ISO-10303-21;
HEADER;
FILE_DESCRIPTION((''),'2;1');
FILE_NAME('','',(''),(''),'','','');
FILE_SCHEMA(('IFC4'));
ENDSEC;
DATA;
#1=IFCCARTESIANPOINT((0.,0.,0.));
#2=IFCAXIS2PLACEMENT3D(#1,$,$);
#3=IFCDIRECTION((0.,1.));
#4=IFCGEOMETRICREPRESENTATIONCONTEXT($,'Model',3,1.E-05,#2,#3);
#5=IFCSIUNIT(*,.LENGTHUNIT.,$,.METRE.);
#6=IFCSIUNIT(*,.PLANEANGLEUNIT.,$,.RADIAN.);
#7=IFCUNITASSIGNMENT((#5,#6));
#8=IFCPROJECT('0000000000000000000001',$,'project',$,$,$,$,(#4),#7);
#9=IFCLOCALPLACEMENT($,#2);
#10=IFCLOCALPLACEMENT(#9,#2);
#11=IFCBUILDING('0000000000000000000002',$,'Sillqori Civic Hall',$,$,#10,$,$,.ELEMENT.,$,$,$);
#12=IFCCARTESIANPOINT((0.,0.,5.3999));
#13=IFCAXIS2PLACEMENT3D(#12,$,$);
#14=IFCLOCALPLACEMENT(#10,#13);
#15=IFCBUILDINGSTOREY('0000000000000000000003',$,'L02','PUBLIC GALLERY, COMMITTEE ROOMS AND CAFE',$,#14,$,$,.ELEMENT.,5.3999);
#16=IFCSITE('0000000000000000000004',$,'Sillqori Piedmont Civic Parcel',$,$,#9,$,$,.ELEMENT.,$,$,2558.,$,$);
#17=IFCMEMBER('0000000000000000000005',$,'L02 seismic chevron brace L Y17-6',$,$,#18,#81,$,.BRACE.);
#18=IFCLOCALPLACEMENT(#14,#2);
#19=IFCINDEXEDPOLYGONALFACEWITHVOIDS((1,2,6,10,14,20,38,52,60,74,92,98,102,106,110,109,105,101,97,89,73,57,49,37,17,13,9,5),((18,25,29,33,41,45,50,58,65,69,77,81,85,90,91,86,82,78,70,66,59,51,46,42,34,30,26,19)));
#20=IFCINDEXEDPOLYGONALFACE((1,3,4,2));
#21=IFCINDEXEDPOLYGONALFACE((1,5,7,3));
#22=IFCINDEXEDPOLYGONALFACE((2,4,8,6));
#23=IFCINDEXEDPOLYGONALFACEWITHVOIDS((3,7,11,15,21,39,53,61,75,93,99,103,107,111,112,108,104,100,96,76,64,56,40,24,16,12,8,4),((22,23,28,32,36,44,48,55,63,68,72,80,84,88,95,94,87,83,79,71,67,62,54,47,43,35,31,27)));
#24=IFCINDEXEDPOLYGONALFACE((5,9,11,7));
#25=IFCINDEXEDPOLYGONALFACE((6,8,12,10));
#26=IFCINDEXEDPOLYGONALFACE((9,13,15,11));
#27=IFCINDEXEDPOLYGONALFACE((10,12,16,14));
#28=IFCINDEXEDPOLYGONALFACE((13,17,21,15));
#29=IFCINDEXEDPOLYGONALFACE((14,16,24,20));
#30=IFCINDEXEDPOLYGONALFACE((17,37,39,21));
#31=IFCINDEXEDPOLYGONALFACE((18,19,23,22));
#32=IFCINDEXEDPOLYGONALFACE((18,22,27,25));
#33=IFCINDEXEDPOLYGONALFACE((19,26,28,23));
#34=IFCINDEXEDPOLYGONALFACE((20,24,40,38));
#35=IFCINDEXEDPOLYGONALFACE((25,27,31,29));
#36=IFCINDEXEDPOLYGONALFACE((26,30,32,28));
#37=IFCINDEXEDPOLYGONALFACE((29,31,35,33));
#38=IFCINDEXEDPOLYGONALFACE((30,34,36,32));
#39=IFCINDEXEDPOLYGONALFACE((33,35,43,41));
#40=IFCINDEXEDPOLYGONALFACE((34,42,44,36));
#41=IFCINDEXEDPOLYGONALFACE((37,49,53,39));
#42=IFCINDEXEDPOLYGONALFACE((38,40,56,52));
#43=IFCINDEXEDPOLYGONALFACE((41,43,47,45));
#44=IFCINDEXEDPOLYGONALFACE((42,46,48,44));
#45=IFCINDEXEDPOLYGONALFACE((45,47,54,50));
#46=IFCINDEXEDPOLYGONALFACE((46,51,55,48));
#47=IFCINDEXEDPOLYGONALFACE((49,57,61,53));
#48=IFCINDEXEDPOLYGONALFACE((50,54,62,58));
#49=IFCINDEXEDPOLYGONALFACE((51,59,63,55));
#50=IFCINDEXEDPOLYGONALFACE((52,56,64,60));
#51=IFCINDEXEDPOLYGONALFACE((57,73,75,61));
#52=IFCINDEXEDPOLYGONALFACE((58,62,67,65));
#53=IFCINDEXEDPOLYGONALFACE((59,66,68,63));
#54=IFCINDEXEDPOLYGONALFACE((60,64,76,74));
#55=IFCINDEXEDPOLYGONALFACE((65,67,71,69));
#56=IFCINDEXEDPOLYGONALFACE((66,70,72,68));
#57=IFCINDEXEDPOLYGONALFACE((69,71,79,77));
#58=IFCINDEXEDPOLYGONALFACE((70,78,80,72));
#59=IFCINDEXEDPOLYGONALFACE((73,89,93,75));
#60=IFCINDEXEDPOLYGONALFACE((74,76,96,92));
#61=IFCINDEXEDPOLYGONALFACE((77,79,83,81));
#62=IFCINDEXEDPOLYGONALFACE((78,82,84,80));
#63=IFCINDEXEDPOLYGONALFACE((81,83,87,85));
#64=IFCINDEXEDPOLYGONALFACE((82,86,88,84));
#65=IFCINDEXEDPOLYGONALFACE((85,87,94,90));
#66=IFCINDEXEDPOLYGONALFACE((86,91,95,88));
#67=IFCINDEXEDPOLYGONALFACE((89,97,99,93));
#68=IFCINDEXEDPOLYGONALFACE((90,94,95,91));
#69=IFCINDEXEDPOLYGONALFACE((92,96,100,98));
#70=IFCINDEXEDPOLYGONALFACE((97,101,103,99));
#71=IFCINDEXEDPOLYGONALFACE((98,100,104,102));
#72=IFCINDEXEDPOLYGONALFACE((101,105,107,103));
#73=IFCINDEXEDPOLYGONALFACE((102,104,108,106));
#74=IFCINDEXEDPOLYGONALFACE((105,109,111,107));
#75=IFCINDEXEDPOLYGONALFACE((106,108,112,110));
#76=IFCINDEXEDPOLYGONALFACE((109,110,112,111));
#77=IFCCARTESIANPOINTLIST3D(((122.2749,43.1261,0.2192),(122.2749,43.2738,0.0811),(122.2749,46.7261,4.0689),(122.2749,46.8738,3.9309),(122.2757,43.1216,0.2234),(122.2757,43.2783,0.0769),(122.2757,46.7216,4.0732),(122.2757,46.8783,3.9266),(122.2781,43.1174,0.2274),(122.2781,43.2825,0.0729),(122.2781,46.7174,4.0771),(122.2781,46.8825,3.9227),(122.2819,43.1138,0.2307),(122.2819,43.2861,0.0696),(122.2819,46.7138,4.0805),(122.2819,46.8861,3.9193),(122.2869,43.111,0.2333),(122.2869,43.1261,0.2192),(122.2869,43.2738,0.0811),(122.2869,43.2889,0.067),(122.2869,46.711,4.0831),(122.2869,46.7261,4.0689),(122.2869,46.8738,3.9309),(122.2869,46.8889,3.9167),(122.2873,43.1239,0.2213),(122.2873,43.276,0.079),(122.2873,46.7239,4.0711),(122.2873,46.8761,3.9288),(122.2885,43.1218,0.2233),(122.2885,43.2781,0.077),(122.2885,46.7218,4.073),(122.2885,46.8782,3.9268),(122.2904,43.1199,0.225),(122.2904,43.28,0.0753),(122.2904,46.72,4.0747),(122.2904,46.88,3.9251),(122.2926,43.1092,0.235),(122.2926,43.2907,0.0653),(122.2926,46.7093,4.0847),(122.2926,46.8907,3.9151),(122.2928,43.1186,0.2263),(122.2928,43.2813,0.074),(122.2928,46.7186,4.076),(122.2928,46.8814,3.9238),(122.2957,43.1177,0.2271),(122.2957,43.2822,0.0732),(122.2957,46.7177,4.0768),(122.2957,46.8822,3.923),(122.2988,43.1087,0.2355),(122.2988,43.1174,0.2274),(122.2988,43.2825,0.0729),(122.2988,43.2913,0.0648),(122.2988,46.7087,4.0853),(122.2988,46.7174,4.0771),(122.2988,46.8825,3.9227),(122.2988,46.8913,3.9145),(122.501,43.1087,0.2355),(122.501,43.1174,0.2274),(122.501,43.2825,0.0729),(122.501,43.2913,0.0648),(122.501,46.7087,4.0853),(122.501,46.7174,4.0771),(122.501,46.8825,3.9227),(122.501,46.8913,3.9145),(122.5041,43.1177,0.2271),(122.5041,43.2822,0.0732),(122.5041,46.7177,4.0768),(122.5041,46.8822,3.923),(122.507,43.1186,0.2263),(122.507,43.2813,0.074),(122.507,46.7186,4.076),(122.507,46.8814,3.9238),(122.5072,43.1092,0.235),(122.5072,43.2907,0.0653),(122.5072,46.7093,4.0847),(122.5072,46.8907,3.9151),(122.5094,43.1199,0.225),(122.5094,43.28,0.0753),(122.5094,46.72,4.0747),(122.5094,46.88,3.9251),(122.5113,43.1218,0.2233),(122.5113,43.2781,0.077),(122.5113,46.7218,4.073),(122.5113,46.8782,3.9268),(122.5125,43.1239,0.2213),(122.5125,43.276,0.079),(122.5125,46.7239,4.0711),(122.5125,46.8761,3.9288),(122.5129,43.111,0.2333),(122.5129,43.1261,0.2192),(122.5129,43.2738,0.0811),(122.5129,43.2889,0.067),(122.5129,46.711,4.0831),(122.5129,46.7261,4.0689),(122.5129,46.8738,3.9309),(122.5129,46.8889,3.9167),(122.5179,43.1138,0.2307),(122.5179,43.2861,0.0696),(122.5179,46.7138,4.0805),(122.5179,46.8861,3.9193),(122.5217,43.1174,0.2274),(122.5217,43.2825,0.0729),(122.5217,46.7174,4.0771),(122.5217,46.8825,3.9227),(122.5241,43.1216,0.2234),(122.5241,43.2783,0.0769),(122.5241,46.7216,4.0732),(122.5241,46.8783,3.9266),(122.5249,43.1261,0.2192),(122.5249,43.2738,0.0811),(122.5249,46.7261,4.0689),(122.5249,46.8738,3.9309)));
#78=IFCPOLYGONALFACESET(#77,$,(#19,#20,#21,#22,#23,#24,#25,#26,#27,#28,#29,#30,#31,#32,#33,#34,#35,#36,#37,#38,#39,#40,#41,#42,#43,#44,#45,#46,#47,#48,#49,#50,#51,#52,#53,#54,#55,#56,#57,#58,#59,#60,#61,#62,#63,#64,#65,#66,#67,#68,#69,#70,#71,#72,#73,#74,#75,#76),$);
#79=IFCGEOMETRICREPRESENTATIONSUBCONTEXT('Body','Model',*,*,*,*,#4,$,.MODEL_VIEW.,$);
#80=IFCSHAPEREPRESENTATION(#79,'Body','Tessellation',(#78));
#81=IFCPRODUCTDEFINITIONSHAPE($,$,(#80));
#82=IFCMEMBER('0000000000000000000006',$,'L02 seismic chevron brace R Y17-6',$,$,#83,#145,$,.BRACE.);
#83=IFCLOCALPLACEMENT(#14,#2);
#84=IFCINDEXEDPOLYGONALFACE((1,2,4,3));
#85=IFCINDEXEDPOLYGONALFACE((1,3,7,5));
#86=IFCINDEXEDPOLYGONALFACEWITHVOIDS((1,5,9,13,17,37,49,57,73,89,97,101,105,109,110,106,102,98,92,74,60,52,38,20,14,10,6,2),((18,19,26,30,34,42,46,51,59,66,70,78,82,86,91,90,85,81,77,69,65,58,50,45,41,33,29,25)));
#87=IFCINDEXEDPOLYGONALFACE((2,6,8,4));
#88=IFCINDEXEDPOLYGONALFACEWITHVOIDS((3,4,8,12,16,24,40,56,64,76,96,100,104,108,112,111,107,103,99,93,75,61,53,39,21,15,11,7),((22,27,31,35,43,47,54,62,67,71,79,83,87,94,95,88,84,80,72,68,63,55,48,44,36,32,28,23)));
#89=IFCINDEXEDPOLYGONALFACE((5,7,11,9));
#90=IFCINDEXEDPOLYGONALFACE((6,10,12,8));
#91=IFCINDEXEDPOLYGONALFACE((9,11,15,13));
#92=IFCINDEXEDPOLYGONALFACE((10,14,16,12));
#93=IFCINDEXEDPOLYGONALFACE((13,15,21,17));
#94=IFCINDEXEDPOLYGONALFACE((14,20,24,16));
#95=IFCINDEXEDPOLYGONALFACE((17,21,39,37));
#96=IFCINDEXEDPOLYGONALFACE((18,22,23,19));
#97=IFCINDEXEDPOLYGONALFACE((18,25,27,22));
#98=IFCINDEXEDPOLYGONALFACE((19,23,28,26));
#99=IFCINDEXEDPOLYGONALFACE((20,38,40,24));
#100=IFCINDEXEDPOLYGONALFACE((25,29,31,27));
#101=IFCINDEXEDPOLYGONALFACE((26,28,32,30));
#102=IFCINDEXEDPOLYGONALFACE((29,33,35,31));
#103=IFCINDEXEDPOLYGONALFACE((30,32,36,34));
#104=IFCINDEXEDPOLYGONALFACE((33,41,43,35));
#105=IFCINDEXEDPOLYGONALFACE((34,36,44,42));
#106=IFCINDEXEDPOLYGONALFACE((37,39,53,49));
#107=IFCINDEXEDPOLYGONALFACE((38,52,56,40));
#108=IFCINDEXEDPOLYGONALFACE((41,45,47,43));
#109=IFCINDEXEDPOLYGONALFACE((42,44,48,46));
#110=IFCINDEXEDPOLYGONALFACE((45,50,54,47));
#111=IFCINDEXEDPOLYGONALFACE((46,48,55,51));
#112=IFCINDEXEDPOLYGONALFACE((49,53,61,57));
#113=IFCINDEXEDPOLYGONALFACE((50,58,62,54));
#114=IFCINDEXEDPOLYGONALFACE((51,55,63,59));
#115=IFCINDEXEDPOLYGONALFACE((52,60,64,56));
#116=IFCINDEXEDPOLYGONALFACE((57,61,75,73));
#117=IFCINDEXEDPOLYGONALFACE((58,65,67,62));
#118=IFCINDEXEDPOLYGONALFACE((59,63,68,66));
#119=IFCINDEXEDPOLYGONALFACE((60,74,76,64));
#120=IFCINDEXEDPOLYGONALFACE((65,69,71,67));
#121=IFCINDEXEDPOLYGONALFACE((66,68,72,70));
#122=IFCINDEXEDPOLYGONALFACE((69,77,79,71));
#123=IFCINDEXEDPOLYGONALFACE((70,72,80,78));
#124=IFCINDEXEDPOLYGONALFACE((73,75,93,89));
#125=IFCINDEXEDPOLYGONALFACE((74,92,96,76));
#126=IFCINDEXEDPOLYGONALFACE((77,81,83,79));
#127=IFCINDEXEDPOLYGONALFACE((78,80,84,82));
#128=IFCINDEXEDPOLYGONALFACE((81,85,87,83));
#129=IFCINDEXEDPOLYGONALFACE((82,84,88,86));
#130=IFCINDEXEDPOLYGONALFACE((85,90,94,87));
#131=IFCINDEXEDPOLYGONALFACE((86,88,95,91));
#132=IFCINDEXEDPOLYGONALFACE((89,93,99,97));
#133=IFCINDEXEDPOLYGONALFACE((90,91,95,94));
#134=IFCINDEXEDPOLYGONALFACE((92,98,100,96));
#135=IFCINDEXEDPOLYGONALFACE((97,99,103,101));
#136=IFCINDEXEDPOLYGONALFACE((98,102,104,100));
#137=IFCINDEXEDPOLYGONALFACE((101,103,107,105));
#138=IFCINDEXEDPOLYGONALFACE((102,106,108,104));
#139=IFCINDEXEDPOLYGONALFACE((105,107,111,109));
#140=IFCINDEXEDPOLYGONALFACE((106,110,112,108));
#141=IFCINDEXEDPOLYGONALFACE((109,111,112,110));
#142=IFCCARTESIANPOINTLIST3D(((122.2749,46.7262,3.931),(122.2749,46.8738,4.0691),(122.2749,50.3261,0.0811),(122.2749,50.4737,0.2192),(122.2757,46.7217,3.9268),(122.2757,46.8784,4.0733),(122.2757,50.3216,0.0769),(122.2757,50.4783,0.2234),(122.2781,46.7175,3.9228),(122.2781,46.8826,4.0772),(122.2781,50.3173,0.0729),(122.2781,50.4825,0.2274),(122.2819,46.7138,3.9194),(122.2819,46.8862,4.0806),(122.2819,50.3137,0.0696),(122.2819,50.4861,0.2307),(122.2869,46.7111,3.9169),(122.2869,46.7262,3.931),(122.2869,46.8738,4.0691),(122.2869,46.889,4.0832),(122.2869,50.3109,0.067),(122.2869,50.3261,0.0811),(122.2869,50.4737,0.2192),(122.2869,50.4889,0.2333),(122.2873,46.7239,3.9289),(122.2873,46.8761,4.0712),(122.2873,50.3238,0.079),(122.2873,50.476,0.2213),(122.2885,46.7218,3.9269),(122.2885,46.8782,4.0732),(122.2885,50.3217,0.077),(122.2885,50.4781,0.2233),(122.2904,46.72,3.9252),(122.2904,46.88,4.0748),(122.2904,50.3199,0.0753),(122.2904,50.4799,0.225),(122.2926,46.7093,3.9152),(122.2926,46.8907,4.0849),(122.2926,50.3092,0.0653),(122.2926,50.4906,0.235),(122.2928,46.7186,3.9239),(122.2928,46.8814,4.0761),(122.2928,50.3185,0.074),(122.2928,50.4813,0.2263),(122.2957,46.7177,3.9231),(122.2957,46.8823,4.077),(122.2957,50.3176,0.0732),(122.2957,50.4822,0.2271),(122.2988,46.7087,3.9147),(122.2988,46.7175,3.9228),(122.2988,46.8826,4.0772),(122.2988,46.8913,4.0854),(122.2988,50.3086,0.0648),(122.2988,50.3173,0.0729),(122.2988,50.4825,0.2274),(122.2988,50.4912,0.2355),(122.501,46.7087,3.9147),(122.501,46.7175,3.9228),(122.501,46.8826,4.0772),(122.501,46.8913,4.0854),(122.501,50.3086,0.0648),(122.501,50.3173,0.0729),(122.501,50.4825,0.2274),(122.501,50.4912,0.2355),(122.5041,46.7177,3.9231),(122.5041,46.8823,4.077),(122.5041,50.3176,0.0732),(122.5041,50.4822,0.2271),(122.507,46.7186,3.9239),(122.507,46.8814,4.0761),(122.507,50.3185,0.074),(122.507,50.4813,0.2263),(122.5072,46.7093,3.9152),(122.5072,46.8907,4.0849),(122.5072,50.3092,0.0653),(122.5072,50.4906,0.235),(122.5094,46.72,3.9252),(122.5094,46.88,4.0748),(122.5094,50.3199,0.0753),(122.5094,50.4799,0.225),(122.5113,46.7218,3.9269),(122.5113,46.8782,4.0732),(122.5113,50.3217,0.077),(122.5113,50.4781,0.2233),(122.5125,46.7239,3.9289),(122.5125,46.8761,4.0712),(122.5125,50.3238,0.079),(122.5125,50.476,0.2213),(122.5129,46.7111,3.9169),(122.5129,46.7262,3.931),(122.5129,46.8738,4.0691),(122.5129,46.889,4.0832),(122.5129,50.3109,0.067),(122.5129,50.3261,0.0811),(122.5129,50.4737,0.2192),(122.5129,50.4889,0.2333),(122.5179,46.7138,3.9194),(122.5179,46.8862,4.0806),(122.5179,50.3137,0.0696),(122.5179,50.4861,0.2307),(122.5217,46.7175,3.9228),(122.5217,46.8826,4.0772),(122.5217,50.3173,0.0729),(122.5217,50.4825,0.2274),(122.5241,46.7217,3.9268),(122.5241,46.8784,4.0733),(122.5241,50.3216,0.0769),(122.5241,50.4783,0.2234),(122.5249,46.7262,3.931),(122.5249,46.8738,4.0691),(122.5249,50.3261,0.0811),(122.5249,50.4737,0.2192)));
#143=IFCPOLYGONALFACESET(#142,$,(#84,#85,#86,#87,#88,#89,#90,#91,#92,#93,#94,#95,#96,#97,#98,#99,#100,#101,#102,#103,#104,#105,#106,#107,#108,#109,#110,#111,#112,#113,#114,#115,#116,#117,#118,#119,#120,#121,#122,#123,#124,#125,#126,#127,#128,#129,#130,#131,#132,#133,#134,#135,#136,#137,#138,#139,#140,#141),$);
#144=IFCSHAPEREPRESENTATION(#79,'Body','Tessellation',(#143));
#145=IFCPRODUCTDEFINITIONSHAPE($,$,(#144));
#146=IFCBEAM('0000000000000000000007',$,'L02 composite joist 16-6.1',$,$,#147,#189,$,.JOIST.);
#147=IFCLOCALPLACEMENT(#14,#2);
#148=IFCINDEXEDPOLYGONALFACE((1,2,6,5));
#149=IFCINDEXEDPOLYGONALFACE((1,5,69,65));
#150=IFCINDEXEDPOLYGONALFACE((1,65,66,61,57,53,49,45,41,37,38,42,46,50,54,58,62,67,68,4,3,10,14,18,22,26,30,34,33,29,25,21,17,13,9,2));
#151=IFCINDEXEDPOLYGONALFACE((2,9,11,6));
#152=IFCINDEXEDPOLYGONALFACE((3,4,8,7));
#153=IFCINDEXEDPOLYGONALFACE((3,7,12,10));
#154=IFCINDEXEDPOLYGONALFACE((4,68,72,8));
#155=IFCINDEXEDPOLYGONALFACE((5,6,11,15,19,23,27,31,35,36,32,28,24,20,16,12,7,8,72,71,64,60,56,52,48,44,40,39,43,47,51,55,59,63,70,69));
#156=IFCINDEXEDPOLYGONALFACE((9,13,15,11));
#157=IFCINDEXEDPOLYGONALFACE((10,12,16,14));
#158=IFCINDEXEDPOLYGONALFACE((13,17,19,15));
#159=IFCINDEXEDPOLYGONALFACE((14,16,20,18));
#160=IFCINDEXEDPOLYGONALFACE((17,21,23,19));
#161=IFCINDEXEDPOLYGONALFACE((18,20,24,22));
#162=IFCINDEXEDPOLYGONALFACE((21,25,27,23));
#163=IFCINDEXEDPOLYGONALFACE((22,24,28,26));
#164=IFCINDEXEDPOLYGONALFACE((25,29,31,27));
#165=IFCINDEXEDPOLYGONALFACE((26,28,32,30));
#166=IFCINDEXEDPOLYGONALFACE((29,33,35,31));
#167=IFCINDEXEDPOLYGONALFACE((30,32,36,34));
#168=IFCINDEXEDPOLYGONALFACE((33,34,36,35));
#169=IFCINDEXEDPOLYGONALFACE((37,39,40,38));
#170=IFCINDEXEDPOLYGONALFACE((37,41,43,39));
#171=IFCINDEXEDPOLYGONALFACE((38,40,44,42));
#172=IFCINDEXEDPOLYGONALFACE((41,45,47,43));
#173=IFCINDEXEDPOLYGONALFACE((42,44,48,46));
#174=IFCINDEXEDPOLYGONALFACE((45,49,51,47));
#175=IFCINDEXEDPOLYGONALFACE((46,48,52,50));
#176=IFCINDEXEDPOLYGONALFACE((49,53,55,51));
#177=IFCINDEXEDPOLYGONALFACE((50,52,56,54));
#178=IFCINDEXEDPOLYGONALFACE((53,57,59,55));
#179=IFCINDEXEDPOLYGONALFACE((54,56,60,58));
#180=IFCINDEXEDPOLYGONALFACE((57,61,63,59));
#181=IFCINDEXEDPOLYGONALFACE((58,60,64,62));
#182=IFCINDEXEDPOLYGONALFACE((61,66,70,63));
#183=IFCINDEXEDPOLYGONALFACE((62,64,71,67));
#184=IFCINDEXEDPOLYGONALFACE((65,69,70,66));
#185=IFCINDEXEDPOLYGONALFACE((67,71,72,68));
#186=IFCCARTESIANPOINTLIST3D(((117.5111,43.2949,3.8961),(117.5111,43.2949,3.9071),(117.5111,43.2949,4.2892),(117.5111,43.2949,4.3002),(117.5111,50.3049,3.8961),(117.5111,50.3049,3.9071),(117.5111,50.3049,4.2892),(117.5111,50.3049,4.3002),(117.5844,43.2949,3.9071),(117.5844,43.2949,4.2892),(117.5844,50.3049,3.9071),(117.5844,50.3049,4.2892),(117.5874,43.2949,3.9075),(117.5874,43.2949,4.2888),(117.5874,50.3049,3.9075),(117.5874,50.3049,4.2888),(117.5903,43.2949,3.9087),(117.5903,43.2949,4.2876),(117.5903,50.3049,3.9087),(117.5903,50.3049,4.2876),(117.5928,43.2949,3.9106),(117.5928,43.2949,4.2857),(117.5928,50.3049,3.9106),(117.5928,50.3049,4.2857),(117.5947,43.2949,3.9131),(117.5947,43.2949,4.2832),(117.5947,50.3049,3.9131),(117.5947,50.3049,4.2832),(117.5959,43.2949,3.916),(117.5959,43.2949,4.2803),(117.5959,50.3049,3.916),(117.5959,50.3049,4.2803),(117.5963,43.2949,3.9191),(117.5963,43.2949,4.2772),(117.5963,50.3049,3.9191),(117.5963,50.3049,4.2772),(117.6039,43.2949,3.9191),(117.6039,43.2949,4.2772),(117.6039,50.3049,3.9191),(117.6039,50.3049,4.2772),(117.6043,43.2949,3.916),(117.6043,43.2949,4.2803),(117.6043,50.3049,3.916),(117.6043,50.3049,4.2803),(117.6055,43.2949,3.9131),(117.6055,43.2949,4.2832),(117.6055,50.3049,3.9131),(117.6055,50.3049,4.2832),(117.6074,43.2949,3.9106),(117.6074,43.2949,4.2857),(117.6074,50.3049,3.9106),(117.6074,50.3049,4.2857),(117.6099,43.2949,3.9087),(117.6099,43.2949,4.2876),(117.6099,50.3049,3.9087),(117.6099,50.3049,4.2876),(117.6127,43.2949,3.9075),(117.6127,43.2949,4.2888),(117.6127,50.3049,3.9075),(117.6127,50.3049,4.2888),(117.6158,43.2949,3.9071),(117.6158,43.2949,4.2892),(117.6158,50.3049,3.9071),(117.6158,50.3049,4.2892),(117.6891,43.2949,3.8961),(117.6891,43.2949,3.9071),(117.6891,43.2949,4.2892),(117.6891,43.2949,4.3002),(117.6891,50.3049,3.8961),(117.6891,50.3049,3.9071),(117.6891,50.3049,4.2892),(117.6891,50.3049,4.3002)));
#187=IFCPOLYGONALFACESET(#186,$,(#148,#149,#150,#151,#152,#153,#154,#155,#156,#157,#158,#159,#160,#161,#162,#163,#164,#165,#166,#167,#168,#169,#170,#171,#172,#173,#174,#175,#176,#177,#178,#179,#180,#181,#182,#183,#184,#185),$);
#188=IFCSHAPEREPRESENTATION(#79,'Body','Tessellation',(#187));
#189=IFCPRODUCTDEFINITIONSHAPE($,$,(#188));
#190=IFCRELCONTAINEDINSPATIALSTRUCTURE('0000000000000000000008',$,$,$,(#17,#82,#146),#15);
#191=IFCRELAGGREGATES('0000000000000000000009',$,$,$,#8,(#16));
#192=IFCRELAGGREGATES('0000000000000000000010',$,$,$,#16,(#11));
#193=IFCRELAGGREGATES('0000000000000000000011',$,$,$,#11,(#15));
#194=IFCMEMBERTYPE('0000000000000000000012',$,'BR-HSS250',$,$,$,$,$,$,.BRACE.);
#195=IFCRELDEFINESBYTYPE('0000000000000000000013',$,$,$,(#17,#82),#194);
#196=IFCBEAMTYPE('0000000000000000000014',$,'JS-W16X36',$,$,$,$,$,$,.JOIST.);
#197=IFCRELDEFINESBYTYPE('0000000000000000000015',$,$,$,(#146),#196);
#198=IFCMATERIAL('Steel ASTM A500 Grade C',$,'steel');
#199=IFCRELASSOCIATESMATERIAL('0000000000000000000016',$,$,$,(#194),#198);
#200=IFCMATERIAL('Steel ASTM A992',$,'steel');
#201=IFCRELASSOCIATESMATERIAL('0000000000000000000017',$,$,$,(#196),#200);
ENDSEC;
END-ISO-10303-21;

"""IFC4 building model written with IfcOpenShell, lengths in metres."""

from ifc_helpers import new_model, si_unit, direction, frame, origin, origin_2d, place, context, subcontext, project, spatial, hollow_rectangle, i_section, extrude, material, material_profile, profile_set, type_object, element, save


model = new_model("IFC4")

# Units and contexts
model_context = context("Model", 3, precision=1e-05, world=origin(), true_north=direction((0.0, 1.0)))
body_context = subcontext(model_context, "Body", "Model", "MODEL_VIEW")
ifc_project = project(units=[si_unit("LENGTHUNIT", "METRE"), si_unit("PLANEANGLEUNIT", "RADIAN")], contexts=[model_context])

# Site, building, storey
site_placement = place(None, origin())
site = spatial("IfcSite", under=ifc_project, at=site_placement, Name="Sillqori Piedmont Civic Parcel", CompositionType="ELEMENT", RefElevation=2558.0)
building_placement = place(site_placement, origin())
building = spatial("IfcBuilding", under=site, at=building_placement, Name="Sillqori Civic Hall", CompositionType="ELEMENT")
storey_placement = place(building_placement, frame((0.0, 0.0, 5.3999)))
storey = spatial("IfcBuildingStorey", under=building, at=storey_placement, Name="L02", Description="PUBLIC GALLERY, COMMITTEE ROOMS AND CAFE", CompositionType="ELEMENT", Elevation=5.3999)

# Shared definitions
ifc_material_1 = material(Name="Steel ASTM A992", Category="steel")

# Members
ifc_material_2 = material(Name="Steel ASTM A500 Grade C", Category="steel")
ifc_material_profile_1 = material_profile(ifc_material_2, hollow_rectangle(XDim=0.25, YDim=0.25, WallThickness=0.012, InnerFilletRadius=0.012, OuterFilletRadius=0.0239, at=origin_2d()), Name="HSS250X250X12")
ifc_profile_set_1 = profile_set([ifc_material_profile_1], Name="Steel ASTM A500 Grade C")
member_type_1 = type_object("IfcMemberType", Name="BR-HSS250", PredefinedType="BRACE", material=ifc_profile_set_1)
for number, where, z_axis, x_axis, name in (
    (1, (122.3999, 43.2, 0.1501), (0.0, 0.683018, 0.730402), (-1.0, 0.0, 0.0), "L02 seismic chevron brace L Y17-6"),
    (2, (122.3999, 50.3999, 0.1501), (0.0, -0.682993, 0.730425), (1.0, 0.0, 0.0), "L02 seismic chevron brace R Y17-6"),
):
    element("IfcMember", number, at=place(storey_placement, frame(where, z_axis=z_axis, x_axis=x_axis)), inside=storey, type_object=member_type_1, Name=name, PredefinedType="BRACE", context=body_context, shape_type="SweptSolid", body=[
        extrude(hollow_rectangle(XDim=0.25, YDim=0.25, WallThickness=0.012, InnerFilletRadius=0.012, OuterFilletRadius=0.0239, at=origin_2d()), origin(), (0.0, 0.0, 1.0), 5.2708),
    ])

# Beam
ifc_material_profile_2 = material_profile(ifc_material_1, i_section(OverallWidth=0.178, OverallDepth=0.4041, WebThickness=0.0076, FlangeThickness=0.011, FilletRadius=0.012, at=origin_2d()), Name="W16X36")
ifc_profile_set_2 = profile_set([ifc_material_profile_2], Name="Steel ASTM A992")
beam_type_1 = type_object("IfcBeamType", Name="JS-W16X36", PredefinedType="JOIST", material=ifc_profile_set_2)
for number, where, z_axis, x_axis, name in (
    (3, (117.6001, 43.2949, 4.0981), (0.0, 1.0, 0.0), (-1.0, 0.0, 0.0), "L02 composite joist 16-6.1"),
):
    element("IfcBeam", number, at=place(storey_placement, frame(where, z_axis=z_axis, x_axis=x_axis)), inside=storey, type_object=beam_type_1, Name=name, PredefinedType="JOIST", context=body_context, shape_type="SweptSolid", body=[
        extrude(i_section(OverallWidth=0.178, OverallDepth=0.4041, WebThickness=0.0076, FlangeThickness=0.011, FilletRadius=0.012, at=origin_2d()), origin(), (0.0, 0.0, 1.0), 7.01),
    ])

save(model, "model.ifc")
